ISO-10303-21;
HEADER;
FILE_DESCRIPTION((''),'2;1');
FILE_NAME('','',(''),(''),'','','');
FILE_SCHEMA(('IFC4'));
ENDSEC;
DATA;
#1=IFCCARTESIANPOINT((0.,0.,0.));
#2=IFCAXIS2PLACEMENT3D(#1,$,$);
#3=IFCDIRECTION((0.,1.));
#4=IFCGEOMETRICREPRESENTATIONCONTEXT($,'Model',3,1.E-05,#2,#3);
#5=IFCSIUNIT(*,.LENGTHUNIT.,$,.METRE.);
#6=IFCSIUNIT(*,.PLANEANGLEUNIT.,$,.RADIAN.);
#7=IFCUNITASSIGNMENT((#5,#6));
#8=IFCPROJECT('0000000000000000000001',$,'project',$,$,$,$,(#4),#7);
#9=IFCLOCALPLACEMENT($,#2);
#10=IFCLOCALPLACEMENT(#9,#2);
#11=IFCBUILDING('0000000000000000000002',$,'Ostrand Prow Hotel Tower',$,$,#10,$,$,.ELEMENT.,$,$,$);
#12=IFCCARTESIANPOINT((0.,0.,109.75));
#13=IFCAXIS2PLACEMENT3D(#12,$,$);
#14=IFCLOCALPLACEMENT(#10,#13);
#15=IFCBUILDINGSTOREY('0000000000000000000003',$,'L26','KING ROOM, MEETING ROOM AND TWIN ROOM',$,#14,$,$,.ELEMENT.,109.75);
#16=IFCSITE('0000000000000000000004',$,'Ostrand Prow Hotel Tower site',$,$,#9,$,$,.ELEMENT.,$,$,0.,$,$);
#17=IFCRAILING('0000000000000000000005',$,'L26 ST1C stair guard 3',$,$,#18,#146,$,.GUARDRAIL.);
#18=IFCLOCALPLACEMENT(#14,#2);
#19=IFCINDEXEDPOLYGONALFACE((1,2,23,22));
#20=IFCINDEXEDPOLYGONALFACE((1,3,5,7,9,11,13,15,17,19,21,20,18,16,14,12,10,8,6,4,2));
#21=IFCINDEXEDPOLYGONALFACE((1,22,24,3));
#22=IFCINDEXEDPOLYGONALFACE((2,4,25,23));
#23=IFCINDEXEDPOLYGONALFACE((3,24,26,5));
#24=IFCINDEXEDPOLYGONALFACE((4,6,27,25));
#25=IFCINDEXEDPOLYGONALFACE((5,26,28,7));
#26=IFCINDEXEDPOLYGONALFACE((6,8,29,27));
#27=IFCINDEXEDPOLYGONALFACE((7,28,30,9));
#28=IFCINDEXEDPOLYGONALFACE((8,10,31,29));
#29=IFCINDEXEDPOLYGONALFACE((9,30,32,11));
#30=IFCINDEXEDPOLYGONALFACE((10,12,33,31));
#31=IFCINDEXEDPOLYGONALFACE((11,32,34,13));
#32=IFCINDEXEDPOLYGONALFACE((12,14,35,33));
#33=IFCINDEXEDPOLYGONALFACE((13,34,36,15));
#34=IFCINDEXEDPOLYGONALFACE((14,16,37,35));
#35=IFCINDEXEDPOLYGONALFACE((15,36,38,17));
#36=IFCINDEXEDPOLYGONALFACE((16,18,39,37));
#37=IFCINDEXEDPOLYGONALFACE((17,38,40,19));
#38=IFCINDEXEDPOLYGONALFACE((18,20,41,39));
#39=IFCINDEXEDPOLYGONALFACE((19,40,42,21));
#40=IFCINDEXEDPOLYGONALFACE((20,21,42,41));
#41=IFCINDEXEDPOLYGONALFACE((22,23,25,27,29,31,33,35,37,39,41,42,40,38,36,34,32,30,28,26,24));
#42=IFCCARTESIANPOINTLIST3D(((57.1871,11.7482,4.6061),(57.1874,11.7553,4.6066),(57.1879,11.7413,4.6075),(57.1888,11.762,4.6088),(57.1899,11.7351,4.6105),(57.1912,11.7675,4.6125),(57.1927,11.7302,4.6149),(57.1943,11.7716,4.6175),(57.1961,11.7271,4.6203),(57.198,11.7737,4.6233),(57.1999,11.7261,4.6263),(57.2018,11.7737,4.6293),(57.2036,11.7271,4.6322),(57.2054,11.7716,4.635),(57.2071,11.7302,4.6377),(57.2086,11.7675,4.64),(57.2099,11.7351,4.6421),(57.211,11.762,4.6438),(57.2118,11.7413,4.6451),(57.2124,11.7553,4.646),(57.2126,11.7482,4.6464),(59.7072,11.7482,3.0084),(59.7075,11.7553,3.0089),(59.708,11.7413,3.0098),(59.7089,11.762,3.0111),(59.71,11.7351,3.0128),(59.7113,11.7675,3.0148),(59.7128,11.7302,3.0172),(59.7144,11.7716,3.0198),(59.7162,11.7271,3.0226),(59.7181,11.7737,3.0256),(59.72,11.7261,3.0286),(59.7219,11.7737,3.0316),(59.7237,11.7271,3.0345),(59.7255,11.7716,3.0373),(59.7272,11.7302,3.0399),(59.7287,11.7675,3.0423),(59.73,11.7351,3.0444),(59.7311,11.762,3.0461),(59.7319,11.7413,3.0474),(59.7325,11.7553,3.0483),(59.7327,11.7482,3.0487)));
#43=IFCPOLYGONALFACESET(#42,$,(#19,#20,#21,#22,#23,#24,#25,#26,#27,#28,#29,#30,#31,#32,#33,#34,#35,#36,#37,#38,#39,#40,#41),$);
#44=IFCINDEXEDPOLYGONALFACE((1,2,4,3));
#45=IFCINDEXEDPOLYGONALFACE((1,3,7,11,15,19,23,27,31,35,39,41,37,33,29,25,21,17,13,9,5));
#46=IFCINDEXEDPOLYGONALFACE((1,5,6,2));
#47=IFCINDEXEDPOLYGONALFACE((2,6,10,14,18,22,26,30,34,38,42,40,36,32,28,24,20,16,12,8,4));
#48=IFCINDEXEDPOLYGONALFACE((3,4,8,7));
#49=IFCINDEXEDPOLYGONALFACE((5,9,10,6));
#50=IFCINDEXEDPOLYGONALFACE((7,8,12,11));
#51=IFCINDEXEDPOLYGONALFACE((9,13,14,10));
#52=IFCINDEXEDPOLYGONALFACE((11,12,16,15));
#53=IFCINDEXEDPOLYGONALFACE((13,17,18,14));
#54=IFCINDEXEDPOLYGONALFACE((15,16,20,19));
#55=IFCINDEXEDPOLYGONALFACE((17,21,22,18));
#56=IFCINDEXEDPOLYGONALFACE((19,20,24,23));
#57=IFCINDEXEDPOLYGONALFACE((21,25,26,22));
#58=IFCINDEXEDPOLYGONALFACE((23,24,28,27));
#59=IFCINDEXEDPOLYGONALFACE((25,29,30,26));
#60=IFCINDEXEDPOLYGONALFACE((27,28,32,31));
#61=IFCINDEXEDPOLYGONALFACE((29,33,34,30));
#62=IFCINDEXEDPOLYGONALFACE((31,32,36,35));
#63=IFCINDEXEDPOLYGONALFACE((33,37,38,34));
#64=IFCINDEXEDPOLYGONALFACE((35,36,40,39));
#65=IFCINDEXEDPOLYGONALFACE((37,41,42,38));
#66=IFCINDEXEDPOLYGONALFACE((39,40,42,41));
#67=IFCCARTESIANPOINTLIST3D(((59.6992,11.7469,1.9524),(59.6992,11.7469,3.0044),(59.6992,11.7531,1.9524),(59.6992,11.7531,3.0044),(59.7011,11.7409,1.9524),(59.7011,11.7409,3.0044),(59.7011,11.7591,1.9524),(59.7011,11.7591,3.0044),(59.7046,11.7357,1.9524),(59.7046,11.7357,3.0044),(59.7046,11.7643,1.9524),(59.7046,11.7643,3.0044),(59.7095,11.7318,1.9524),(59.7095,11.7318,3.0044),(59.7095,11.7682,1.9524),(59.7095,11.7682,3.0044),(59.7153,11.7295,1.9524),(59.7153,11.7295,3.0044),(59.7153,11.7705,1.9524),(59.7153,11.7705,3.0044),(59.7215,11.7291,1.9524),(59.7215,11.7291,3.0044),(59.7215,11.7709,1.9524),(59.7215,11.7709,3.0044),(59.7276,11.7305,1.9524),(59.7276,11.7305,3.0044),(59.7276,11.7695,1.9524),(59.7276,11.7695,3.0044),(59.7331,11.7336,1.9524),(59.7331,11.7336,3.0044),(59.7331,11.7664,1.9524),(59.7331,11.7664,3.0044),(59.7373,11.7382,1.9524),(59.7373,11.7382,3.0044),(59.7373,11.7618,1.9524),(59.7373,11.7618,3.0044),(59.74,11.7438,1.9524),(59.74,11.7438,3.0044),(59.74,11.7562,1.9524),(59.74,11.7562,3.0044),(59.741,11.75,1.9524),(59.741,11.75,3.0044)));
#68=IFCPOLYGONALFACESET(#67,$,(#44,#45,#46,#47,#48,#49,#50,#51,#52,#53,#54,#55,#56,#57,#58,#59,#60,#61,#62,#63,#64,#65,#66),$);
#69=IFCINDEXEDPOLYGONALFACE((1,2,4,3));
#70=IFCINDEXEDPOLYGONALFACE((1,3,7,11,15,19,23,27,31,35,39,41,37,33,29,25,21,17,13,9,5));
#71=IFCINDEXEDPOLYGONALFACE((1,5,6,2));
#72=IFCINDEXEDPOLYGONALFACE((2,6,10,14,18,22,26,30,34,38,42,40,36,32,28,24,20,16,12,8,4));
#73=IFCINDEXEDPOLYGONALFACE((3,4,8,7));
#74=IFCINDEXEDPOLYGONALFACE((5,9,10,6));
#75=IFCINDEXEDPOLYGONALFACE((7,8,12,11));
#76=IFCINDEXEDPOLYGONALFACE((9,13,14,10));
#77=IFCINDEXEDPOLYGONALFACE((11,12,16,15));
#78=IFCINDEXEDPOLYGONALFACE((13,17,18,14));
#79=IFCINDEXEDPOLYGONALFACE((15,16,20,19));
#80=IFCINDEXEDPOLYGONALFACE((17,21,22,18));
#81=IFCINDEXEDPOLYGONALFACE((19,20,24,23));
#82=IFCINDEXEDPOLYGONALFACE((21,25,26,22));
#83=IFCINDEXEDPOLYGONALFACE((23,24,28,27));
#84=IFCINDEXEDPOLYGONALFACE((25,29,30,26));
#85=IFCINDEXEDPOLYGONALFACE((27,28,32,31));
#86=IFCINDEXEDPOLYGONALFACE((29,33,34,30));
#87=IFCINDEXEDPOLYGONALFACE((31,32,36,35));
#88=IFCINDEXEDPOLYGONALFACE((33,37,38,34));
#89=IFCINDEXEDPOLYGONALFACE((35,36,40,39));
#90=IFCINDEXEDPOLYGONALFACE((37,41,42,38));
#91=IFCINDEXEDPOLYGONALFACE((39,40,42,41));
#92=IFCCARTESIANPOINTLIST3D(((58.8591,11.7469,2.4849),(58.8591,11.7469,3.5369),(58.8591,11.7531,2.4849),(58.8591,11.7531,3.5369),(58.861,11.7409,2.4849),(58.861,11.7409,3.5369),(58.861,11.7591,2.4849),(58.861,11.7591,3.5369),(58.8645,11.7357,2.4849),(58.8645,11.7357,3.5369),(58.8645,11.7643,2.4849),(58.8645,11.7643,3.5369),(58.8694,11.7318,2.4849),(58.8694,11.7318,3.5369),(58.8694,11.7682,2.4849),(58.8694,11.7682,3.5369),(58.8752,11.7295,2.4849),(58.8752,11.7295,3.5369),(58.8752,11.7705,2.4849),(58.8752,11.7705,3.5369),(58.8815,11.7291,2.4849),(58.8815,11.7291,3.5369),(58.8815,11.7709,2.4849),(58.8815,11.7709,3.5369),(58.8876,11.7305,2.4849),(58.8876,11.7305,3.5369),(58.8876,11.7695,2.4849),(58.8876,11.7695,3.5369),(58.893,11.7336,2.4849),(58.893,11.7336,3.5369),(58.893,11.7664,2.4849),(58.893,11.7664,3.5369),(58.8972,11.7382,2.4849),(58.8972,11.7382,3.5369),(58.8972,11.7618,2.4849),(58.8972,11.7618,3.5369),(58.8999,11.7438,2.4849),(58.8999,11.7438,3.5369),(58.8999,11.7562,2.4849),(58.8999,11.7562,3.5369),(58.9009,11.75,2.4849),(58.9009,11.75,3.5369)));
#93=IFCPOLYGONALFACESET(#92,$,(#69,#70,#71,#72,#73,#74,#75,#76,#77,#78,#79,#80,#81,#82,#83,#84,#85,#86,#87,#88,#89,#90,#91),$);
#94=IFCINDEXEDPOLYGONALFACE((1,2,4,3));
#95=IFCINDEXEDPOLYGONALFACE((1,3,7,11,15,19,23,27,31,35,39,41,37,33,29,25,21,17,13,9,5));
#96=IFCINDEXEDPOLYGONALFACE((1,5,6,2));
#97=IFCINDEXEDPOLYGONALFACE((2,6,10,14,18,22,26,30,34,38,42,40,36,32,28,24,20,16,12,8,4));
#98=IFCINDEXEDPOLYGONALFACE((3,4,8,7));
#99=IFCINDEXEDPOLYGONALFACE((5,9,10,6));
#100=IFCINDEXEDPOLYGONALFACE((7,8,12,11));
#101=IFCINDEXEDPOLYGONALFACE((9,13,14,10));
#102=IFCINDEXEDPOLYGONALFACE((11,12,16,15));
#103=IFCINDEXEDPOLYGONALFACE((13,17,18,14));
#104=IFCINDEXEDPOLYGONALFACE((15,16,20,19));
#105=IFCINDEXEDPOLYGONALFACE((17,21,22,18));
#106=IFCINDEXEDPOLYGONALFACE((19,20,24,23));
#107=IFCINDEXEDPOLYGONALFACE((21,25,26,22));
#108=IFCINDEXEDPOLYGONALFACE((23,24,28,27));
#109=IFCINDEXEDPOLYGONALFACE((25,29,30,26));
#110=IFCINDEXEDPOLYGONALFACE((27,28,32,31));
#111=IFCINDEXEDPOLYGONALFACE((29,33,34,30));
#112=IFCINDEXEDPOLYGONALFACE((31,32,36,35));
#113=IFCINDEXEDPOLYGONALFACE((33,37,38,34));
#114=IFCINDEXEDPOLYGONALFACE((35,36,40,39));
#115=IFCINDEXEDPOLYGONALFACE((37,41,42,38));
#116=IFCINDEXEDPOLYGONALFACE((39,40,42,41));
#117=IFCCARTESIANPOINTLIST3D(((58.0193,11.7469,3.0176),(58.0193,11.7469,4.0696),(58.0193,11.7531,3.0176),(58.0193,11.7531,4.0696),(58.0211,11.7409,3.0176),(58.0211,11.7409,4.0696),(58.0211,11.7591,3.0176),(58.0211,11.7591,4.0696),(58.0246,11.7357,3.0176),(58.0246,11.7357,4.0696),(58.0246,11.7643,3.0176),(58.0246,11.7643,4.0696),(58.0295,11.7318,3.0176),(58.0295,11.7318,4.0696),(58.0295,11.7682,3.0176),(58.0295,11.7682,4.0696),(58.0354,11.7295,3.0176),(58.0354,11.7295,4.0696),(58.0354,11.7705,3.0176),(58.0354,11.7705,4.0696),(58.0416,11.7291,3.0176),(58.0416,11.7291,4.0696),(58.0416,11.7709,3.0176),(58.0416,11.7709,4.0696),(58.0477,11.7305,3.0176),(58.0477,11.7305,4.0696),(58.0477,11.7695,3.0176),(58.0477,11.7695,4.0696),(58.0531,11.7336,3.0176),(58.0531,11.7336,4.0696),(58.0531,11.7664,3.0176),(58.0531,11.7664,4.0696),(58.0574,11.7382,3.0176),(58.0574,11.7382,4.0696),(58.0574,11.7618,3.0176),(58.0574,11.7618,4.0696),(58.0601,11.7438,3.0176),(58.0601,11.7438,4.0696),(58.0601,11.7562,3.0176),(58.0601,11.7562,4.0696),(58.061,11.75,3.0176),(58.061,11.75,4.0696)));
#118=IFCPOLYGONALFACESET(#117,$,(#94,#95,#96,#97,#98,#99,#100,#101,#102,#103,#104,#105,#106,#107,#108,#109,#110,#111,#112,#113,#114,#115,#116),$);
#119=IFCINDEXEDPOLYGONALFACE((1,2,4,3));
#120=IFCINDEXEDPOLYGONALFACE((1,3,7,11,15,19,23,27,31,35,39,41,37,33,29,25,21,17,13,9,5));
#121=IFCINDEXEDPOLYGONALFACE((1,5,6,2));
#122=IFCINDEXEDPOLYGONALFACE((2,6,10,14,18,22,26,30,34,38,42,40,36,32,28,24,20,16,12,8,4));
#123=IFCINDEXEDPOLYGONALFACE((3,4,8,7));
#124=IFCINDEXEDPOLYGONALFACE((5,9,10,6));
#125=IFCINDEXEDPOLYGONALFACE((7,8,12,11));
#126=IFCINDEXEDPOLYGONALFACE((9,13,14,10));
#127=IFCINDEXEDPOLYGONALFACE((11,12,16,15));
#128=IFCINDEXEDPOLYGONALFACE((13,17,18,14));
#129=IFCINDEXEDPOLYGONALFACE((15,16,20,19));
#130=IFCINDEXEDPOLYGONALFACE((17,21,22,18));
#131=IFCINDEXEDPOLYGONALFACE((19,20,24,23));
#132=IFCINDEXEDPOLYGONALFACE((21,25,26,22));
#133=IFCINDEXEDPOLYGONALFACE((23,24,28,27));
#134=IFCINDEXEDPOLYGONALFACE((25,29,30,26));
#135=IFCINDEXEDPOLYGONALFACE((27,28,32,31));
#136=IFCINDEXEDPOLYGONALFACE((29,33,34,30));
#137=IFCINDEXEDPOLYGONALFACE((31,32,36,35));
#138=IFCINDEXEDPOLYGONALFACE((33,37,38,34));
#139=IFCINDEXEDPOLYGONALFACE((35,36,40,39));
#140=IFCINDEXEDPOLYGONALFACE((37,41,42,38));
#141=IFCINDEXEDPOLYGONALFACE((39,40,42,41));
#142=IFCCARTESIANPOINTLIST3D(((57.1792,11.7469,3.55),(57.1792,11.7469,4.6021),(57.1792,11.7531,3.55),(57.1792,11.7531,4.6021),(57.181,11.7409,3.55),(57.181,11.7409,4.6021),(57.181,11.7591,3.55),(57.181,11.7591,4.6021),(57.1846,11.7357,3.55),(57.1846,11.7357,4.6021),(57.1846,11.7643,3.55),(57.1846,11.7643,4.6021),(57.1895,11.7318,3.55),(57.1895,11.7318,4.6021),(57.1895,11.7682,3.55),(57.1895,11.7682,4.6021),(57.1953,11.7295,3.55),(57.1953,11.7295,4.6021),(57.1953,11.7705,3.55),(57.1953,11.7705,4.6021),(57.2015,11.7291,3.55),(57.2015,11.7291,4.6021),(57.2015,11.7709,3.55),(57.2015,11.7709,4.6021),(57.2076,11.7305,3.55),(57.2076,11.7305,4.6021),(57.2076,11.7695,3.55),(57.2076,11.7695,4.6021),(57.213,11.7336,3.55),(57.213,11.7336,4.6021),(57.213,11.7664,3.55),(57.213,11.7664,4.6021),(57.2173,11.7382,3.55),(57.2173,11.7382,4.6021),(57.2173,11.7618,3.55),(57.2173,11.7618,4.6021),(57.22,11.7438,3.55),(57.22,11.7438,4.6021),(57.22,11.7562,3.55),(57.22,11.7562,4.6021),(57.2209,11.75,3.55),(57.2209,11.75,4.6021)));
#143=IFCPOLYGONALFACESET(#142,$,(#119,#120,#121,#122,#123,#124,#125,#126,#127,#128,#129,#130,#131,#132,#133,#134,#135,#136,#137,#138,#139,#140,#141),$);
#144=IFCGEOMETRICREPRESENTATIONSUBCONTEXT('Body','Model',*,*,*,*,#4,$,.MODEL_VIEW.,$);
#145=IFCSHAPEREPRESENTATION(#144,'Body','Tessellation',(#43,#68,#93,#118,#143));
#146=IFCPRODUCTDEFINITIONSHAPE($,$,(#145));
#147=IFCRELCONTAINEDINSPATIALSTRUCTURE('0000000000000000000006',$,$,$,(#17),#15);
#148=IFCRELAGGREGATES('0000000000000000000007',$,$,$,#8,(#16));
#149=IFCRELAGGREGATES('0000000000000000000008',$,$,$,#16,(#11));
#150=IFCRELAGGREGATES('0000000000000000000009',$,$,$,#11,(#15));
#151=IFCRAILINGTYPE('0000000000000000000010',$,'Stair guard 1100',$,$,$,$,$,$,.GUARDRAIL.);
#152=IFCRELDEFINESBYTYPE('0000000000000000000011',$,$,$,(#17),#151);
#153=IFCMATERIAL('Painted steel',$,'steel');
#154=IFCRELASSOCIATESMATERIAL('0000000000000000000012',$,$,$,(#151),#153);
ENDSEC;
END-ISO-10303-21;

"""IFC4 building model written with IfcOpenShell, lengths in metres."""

from ifc_helpers import new_model, si_unit, direction, frame, origin, origin_2d, place, context, subcontext, project, spatial, circle, extrude, material, type_object, element, save


model = new_model("IFC4")

# Units and contexts
model_context = context("Model", 3, precision=1e-05, world=origin(), true_north=direction((0.0, 1.0)))
body_context = subcontext(model_context, "Body", "Model", "MODEL_VIEW")
ifc_project = project(units=[si_unit("LENGTHUNIT", "METRE"), si_unit("PLANEANGLEUNIT", "RADIAN")], contexts=[model_context])

# Site, building, storey
site_placement = place(None, origin())
site = spatial("IfcSite", under=ifc_project, at=site_placement, Name="Ostrand Prow Hotel Tower site", CompositionType="ELEMENT", RefElevation=0.0)
building_placement = place(site_placement, origin())
building = spatial("IfcBuilding", under=site, at=building_placement, Name="Ostrand Prow Hotel Tower", CompositionType="ELEMENT")
storey_placement = place(building_placement, frame((0.0, 0.0, 109.75)))
storey = spatial("IfcBuildingStorey", under=building, at=storey_placement, Name="L26", Description="KING ROOM, MEETING ROOM AND TWIN ROOM", CompositionType="ELEMENT", Elevation=109.75)

# Railing
ifc_material_1 = material(Name="Painted steel", Category="steel")
railing_type_1 = type_object("IfcRailingType", Name="Stair guard 1100", PredefinedType="GUARDRAIL", material=ifc_material_1)
railing_1_placement = place(storey_placement, frame((59.72, 11.75, 1.9524)))
element("IfcRailing", 1, at=railing_1_placement, inside=storey, type_object=railing_type_1, Name="L26 ST1C stair guard 3", PredefinedType="GUARDRAIL", context=body_context, shape_type="SweptSolid", body=[
    extrude(circle(Radius=0.0239, at=origin_2d()), frame((0.0, 0.0, 1.0762), z_axis=(-0.84457, 0.0, 0.535445), x_axis=(0.0, -1.0, 0.0)), (0.0, 0.0, 1.0), 2.9839),
    extrude(circle(Radius=0.021, at=origin_2d()), origin(), (0.0, 0.0, 1.0), 1.052),
    extrude(circle(Radius=0.021, at=origin_2d()), frame((-0.8401, 0.0, 0.5325)), (0.0, 0.0, 1.0), 1.052),
    extrude(circle(Radius=0.021, at=origin_2d()), frame((-1.6799, 0.0, 1.0652)), (0.0, 0.0, 1.0), 1.052),
    extrude(circle(Radius=0.021, at=origin_2d()), frame((-2.52, 0.0, 1.5977)), (0.0, 0.0, 1.0), 1.052),
])

save(model, "model.ifc")
